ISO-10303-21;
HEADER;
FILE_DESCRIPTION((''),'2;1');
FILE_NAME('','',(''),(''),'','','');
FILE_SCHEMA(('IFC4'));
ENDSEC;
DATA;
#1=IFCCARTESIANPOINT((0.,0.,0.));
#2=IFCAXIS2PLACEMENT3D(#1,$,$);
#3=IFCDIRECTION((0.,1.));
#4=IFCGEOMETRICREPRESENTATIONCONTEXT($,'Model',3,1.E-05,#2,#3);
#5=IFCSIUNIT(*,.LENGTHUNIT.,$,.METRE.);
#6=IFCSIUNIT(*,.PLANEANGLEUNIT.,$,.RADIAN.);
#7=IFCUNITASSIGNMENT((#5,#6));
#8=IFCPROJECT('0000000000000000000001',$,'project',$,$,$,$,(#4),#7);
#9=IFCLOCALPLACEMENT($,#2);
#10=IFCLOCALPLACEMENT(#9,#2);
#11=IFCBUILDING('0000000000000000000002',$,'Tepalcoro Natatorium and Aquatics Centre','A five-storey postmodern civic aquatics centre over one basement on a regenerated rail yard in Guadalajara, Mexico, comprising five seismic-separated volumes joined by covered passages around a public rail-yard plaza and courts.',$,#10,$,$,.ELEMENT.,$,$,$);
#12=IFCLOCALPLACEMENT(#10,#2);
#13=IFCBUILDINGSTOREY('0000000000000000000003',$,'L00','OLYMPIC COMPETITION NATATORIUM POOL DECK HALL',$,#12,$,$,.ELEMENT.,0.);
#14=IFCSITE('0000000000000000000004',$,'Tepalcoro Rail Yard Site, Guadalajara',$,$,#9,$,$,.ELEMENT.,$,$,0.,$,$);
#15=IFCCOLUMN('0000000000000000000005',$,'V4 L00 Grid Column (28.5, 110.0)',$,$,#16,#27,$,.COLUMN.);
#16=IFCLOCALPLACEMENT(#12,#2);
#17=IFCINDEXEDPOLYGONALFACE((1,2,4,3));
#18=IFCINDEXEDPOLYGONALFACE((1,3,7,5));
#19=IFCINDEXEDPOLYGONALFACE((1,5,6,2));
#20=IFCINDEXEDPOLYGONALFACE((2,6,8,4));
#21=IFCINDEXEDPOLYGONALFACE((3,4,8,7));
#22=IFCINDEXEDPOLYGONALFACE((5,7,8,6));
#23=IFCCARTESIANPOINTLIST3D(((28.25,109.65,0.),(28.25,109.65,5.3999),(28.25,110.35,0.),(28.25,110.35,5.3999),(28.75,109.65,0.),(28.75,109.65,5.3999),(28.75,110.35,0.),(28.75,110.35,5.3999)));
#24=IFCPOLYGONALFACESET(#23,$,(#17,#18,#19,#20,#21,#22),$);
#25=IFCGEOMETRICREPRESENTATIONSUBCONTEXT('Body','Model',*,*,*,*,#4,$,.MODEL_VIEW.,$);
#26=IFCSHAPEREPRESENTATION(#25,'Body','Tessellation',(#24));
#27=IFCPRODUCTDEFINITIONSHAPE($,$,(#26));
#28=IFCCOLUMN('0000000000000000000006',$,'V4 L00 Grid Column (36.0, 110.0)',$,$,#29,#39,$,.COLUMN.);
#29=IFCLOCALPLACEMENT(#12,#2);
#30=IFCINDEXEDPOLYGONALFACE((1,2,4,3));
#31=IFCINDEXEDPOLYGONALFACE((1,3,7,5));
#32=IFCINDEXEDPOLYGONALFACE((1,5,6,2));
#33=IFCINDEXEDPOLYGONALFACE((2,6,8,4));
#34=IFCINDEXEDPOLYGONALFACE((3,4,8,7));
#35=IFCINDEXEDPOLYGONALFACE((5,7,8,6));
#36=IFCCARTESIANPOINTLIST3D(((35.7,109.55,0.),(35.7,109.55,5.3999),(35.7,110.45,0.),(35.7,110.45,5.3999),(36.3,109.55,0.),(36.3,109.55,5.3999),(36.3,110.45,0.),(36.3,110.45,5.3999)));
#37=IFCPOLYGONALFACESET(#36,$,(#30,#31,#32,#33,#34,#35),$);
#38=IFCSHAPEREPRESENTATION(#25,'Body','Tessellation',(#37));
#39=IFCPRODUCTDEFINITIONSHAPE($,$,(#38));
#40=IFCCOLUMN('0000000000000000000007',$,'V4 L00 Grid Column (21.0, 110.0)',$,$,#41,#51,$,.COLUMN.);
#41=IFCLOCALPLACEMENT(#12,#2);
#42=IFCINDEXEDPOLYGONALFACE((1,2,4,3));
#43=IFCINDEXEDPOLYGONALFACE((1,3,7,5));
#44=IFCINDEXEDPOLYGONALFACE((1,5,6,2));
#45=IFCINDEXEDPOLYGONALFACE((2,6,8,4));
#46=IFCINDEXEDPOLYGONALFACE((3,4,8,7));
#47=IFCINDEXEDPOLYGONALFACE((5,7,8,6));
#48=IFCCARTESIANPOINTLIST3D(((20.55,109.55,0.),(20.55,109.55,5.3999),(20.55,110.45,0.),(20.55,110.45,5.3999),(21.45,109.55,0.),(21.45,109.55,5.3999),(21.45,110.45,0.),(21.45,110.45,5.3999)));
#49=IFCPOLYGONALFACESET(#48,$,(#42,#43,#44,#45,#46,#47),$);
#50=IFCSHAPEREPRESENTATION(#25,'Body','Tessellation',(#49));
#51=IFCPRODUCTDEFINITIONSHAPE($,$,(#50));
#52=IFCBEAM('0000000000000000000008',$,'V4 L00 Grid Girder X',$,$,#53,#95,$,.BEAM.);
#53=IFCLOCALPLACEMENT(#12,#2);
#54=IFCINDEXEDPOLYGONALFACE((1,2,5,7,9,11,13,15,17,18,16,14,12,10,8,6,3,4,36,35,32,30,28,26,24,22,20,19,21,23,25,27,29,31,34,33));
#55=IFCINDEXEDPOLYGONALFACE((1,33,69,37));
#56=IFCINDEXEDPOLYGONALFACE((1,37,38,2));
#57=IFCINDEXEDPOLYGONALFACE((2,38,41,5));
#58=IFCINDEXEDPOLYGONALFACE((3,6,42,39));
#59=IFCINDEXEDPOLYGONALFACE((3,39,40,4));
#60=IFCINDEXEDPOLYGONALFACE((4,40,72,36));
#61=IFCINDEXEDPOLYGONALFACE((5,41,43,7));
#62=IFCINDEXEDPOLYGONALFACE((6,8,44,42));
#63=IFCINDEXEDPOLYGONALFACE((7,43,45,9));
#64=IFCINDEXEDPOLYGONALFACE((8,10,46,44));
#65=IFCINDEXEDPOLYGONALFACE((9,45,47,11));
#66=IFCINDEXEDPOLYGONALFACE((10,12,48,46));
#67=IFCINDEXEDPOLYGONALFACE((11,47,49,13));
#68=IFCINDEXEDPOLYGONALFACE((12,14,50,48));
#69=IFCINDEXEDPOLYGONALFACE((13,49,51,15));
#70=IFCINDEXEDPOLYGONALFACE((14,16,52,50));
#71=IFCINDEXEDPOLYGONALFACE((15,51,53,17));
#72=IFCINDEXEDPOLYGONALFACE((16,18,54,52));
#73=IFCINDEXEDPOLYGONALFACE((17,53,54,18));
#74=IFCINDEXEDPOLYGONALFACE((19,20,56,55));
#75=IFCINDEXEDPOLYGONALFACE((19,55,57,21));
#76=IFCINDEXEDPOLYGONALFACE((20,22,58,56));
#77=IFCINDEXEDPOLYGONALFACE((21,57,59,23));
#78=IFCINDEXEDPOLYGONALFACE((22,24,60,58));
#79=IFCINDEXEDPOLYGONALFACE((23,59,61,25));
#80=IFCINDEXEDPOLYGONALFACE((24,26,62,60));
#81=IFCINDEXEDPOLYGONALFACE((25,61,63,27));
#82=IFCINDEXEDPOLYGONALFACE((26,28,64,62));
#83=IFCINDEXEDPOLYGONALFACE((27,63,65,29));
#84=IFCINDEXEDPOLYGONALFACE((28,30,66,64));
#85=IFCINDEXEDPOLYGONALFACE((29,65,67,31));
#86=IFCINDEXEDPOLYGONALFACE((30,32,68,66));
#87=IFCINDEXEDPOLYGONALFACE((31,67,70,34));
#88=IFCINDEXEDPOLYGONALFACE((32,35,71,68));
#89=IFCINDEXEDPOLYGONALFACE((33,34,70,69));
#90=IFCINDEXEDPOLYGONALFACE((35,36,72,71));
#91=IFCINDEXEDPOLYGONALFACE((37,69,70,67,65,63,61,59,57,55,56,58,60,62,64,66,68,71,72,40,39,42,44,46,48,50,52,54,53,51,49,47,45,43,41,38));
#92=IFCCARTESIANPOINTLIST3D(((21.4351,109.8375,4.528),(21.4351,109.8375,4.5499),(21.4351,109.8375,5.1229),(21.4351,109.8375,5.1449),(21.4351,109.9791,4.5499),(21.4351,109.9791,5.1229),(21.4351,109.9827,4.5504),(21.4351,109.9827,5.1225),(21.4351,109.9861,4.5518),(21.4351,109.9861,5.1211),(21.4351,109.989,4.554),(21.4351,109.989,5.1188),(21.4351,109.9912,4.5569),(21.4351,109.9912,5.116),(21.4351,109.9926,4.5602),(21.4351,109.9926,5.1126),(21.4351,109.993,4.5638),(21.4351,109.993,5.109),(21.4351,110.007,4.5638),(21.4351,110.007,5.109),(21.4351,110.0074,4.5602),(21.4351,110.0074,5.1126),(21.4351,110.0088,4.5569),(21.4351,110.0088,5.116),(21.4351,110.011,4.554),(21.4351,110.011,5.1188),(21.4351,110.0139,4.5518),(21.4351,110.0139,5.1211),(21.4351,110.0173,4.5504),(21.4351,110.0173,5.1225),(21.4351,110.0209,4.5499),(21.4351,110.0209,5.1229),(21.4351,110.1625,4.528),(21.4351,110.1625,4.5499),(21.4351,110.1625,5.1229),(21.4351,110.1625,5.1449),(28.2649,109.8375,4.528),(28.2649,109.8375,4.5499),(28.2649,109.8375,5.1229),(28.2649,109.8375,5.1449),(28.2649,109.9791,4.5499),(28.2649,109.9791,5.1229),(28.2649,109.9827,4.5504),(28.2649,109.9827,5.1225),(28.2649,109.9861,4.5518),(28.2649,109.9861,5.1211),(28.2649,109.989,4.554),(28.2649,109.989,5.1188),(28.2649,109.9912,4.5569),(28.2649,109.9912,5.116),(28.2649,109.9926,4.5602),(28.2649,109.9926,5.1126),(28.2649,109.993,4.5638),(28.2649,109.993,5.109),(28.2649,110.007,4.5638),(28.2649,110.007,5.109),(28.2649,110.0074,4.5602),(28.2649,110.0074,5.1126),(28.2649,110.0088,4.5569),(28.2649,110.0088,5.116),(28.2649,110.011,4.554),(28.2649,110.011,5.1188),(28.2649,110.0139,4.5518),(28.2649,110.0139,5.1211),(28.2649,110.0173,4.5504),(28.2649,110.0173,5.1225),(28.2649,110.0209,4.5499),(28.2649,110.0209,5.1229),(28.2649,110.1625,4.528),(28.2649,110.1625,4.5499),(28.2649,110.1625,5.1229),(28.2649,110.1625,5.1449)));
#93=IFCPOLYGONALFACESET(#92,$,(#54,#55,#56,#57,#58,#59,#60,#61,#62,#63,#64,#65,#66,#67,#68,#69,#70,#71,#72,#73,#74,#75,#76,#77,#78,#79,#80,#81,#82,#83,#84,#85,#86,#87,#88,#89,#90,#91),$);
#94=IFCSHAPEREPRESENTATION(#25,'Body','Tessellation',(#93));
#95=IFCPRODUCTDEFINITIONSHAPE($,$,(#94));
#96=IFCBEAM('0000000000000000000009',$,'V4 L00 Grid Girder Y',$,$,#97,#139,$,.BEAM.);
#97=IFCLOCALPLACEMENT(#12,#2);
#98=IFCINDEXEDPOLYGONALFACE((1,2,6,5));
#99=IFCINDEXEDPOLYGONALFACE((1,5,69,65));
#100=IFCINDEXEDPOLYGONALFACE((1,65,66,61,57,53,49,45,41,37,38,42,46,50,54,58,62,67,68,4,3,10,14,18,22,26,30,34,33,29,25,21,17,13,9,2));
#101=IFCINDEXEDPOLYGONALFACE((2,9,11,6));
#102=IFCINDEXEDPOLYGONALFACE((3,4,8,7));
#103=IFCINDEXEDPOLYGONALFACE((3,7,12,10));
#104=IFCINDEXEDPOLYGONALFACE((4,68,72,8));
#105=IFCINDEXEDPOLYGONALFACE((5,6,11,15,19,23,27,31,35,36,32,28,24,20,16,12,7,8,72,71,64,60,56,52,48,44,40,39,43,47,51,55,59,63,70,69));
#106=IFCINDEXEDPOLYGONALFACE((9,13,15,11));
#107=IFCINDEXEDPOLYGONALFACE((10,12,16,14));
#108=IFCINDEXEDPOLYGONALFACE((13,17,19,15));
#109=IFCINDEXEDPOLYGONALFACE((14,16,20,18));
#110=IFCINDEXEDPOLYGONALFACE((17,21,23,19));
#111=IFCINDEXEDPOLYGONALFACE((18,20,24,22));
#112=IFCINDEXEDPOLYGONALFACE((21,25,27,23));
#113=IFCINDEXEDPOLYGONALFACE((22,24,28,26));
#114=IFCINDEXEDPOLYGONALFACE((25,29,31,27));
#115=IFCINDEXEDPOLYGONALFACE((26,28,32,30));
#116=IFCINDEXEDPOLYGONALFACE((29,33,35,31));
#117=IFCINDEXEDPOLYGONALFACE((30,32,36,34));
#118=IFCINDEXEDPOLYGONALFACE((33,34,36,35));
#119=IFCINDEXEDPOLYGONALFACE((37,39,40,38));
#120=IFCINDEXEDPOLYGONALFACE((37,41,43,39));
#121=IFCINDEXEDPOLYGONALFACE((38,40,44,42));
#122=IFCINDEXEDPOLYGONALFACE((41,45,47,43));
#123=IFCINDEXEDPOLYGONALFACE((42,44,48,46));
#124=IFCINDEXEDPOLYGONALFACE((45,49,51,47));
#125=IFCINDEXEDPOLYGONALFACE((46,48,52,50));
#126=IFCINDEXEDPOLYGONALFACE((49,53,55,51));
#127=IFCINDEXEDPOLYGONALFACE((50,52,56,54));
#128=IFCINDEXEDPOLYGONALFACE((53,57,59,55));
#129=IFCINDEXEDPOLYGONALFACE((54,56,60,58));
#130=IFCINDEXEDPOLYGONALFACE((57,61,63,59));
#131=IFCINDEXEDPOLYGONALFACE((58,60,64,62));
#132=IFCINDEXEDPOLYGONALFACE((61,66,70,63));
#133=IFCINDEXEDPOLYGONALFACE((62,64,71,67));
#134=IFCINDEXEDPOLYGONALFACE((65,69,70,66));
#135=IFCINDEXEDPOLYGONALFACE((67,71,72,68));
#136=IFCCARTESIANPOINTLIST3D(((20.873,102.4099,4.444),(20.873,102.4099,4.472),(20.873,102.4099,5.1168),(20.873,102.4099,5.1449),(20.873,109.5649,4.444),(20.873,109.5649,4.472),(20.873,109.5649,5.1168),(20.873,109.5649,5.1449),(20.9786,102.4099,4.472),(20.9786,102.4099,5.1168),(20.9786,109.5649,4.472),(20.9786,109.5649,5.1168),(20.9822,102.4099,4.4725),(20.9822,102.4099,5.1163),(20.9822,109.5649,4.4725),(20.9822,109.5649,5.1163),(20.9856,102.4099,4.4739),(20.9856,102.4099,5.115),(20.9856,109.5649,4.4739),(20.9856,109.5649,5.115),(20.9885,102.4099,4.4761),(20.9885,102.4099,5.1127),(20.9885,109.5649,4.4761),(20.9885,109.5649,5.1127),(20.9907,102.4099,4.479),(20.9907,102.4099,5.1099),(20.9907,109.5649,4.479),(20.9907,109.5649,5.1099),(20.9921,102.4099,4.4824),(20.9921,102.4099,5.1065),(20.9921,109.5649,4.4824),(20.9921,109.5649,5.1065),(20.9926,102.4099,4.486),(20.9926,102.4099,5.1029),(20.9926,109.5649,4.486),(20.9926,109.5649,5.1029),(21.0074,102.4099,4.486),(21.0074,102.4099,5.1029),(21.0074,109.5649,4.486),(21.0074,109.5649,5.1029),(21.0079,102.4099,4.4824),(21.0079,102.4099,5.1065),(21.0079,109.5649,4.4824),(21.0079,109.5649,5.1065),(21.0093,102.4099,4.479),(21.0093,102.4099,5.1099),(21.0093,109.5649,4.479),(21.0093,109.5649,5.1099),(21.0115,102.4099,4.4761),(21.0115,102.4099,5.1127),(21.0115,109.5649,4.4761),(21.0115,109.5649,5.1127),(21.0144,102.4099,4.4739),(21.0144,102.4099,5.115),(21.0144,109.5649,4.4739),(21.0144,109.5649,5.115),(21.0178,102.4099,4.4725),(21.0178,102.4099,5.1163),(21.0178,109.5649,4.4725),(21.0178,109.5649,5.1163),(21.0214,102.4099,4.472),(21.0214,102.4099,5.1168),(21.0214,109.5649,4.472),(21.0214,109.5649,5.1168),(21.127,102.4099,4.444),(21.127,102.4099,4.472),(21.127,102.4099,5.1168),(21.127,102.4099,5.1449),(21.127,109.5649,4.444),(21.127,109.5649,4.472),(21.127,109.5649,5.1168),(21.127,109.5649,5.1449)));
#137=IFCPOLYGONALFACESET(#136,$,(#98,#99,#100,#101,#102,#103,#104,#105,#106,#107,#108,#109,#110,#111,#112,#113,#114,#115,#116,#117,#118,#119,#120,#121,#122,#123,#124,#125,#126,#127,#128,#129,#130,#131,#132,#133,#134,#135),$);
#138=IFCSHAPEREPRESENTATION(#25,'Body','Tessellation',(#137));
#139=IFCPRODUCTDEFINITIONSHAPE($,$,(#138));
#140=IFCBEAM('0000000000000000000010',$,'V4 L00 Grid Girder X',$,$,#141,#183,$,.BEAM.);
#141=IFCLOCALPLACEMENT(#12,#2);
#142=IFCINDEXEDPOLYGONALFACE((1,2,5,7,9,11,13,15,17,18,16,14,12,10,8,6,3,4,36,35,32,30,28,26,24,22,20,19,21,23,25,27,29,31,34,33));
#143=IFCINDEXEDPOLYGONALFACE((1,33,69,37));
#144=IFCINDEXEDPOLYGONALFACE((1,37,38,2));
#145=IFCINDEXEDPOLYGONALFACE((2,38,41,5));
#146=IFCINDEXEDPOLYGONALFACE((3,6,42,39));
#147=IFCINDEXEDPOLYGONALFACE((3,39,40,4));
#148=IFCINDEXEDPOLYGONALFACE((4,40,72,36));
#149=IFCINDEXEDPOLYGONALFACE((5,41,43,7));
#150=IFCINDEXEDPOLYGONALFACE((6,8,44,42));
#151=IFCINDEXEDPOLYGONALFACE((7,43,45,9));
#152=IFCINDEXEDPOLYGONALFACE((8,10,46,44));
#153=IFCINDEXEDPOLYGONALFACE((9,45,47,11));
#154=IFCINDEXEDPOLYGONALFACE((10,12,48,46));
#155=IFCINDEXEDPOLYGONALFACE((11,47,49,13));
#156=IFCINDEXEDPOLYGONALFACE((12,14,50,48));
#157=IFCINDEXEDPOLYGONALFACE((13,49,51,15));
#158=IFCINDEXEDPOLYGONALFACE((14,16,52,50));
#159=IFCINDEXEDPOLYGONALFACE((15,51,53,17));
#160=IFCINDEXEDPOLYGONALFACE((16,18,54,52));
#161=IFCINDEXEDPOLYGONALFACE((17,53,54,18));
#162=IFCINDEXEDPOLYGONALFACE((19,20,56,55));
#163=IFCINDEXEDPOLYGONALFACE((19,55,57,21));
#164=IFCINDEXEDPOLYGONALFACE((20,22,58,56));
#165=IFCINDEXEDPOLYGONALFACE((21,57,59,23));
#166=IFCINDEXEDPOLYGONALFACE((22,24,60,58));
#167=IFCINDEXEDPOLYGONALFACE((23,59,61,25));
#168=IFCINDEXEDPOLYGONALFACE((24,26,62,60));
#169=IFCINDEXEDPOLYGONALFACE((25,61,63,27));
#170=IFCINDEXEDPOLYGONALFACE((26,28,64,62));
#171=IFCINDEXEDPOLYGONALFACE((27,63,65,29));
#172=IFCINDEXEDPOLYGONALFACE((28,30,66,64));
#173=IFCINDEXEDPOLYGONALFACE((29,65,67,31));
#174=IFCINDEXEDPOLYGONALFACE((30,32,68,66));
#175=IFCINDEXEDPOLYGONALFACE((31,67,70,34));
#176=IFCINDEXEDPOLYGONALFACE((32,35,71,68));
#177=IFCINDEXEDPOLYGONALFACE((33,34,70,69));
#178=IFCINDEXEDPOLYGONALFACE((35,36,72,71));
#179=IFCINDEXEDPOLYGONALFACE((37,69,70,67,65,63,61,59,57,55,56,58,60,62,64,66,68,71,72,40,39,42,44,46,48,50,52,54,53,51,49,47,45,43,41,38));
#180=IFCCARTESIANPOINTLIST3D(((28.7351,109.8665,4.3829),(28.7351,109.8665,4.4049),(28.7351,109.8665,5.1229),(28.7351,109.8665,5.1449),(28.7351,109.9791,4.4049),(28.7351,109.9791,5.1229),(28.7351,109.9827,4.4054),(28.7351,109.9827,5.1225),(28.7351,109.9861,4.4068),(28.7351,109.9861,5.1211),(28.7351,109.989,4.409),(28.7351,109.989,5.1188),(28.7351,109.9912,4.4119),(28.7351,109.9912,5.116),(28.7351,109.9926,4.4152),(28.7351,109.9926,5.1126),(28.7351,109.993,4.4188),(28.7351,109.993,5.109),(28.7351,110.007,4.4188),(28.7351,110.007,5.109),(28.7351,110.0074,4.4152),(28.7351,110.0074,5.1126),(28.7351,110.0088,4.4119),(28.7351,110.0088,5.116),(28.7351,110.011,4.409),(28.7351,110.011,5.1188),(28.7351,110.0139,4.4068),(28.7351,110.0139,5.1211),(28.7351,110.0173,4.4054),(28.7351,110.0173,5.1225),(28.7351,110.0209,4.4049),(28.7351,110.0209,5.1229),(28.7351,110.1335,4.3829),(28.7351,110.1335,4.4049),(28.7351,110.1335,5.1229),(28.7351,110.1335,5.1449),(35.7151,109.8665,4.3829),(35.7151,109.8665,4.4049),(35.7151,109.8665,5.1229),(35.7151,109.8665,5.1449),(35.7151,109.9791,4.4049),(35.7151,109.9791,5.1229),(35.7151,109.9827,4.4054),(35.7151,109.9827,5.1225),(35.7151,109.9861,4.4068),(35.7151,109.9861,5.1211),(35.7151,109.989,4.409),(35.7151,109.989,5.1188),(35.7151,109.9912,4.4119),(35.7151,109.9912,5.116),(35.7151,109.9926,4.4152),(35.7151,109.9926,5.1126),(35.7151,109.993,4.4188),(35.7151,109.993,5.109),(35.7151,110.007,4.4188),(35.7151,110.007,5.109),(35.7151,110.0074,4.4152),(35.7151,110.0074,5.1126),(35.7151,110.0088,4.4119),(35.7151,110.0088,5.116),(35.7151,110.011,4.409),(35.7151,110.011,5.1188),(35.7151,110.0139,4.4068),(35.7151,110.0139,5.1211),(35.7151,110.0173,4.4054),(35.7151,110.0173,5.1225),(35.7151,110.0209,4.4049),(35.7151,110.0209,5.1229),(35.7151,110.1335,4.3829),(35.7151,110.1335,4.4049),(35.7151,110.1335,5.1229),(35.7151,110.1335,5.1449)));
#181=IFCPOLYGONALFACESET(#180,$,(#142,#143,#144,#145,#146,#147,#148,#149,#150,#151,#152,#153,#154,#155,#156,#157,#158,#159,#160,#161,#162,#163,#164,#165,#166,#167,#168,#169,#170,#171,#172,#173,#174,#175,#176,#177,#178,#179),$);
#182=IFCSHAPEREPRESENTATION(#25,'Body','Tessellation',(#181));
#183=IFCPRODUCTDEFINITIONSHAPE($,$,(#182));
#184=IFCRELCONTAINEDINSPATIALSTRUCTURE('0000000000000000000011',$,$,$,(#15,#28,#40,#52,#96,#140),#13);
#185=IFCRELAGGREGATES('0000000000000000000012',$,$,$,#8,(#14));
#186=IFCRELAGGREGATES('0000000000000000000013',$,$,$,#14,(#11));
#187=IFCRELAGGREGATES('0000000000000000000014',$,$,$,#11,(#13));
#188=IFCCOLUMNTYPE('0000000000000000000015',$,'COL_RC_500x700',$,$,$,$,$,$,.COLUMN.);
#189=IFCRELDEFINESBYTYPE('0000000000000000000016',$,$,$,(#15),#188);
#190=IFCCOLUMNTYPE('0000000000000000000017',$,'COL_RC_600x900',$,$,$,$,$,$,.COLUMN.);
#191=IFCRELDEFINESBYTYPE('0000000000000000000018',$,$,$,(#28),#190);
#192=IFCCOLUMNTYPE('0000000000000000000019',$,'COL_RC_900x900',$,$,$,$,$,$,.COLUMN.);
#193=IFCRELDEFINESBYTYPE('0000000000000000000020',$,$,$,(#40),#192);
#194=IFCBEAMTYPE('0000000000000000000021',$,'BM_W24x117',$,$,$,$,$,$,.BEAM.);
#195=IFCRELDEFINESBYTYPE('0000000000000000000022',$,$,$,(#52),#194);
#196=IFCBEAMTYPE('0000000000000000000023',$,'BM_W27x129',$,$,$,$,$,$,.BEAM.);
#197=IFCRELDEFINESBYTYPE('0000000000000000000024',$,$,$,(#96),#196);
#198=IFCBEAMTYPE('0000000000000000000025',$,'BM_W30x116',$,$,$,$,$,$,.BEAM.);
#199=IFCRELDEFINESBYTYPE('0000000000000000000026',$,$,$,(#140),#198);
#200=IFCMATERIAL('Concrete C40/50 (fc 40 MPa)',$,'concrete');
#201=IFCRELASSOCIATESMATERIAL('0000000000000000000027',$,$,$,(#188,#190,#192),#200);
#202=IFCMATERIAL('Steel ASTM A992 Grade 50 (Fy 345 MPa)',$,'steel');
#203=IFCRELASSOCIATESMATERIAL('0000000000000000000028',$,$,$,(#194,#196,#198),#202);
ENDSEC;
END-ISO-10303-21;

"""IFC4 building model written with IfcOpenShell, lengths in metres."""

from ifc_helpers import new_model, si_unit, direction, frame, origin, origin_2d, place, context, subcontext, project, spatial, rectangle, i_section, extrude, material, material_profile, profile_set, type_object, element, save


model = new_model("IFC4")

# Units and contexts
model_context = context("Model", 3, precision=1e-05, world=origin(), true_north=direction((0.0, 1.0)))
body_context = subcontext(model_context, "Body", "Model", "MODEL_VIEW")
ifc_project = project(units=[si_unit("LENGTHUNIT", "METRE"), si_unit("PLANEANGLEUNIT", "RADIAN")], contexts=[model_context])

# Site, building, storey
site_placement = place(None, origin())
site = spatial("IfcSite", under=ifc_project, at=site_placement, Name="Tepalcoro Rail Yard Site, Guadalajara", CompositionType="ELEMENT", RefElevation=0.0)
building_placement = place(site_placement, origin())
building = spatial("IfcBuilding", under=site, at=building_placement, Name="Tepalcoro Natatorium and Aquatics Centre", Description="A five-storey postmodern civic aquatics centre over one basement on a regenerated rail yard in Guadalajara, Mexico, comprising five seismic-separated volumes joined by covered passages around a public rail-yard plaza and courts.", CompositionType="ELEMENT")
storey_placement = place(building_placement, origin())
storey = spatial("IfcBuildingStorey", under=building, at=storey_placement, Name="L00", Description="OLYMPIC COMPETITION NATATORIUM POOL DECK HALL", CompositionType="ELEMENT", Elevation=0.0)

# Columns
ifc_material_1 = material(Name="Concrete C40/50 (fc 40 MPa)", Category="concrete")
ifc_material_profile_1 = material_profile(ifc_material_1, rectangle(XDim=0.5, YDim=0.7, at=origin_2d()), Name="RC500x700")
ifc_profile_set_1 = profile_set([ifc_material_profile_1], Name="Concrete C40/50 (fc 40 MPa)")
column_type_1 = type_object("IfcColumnType", Name="COL_RC_500x700", PredefinedType="COLUMN", material=ifc_profile_set_1)
column_1_placement = place(storey_placement, frame((28.5, 110.0, 0.0), z_axis=(0.0, 0.0, 1.0), x_axis=(1.0, 0.0, 0.0)))
element("IfcColumn", 1, at=column_1_placement, inside=storey, type_object=column_type_1, Name="V4 L00 Grid Column (28.5, 110.0)", PredefinedType="COLUMN", context=body_context, shape_type="SweptSolid", body=[
    extrude(rectangle(XDim=0.5, YDim=0.7, at=origin_2d()), origin(), (0.0, 0.0, 1.0), 5.3999),
])
ifc_material_profile_2 = material_profile(ifc_material_1, rectangle(XDim=0.6001, YDim=0.8999, at=origin_2d()), Name="RC600x900")
ifc_profile_set_2 = profile_set([ifc_material_profile_2], Name="Concrete C40/50 (fc 40 MPa)")
column_type_2 = type_object("IfcColumnType", Name="COL_RC_600x900", PredefinedType="COLUMN", material=ifc_profile_set_2)
column_2_placement = place(storey_placement, frame((36.0, 110.0, 0.0), z_axis=(0.0, 0.0, 1.0), x_axis=(1.0, 0.0, 0.0)))
element("IfcColumn", 2, at=column_2_placement, inside=storey, type_object=column_type_2, Name="V4 L00 Grid Column (36.0, 110.0)", PredefinedType="COLUMN", context=body_context, shape_type="SweptSolid", body=[
    extrude(rectangle(XDim=0.6001, YDim=0.8999, at=origin_2d()), origin(), (0.0, 0.0, 1.0), 5.3999),
])
ifc_material_profile_3 = material_profile(ifc_material_1, rectangle(XDim=0.8999, YDim=0.8999, at=origin_2d()), Name="RC900x900")
ifc_profile_set_3 = profile_set([ifc_material_profile_3], Name="Concrete C40/50 (fc 40 MPa)")
column_type_3 = type_object("IfcColumnType", Name="COL_RC_900x900", PredefinedType="COLUMN", material=ifc_profile_set_3)
column_3_placement = place(storey_placement, frame((21.0, 110.0, 0.0), z_axis=(0.0, 0.0, 1.0), x_axis=(1.0, 0.0, 0.0)))
element("IfcColumn", 3, at=column_3_placement, inside=storey, type_object=column_type_3, Name="V4 L00 Grid Column (21.0, 110.0)", PredefinedType="COLUMN", context=body_context, shape_type="SweptSolid", body=[
    extrude(rectangle(XDim=0.8999, YDim=0.8999, at=origin_2d()), origin(), (0.0, 0.0, 1.0), 5.3999),
])

# Beams
ifc_material_2 = material(Name="Steel ASTM A992 Grade 50 (Fy 345 MPa)", Category="steel")
ifc_material_profile_4 = material_profile(ifc_material_2, i_section(OverallWidth=0.325, OverallDepth=0.6169, WebThickness=0.0139, FlangeThickness=0.022, FilletRadius=0.0139, at=origin_2d()), Name="W24X117")
ifc_profile_set_4 = profile_set([ifc_material_profile_4], Name="Steel ASTM A992 Grade 50 (Fy 345 MPa)")
beam_type_1 = type_object("IfcBeamType", Name="BM_W24x117", PredefinedType="BEAM", material=ifc_profile_set_4)
beam_1_placement = place(storey_placement, frame((21.4351, 110.0, 4.8364), z_axis=(1.0, 0.0, 0.0), x_axis=(0.0, 1.0, 0.0)))
element("IfcBeam", 4, at=beam_1_placement, inside=storey, type_object=beam_type_1, Name="V4 L00 Grid Girder X", PredefinedType="BEAM", context=body_context, shape_type="SweptSolid", body=[
    extrude(i_section(OverallWidth=0.325, OverallDepth=0.6169, WebThickness=0.0139, FlangeThickness=0.022, FilletRadius=0.0139, at=origin_2d()), origin(), (0.0, 0.0, 1.0), 6.8298),
])
ifc_material_profile_5 = material_profile(ifc_material_2, i_section(OverallWidth=0.2539, OverallDepth=0.7009, WebThickness=0.0149, FlangeThickness=0.0281, FilletRadius=0.0139, at=origin_2d()), Name="W27X129")
ifc_profile_set_5 = profile_set([ifc_material_profile_5], Name="Steel ASTM A992 Grade 50 (Fy 345 MPa)")
beam_type_2 = type_object("IfcBeamType", Name="BM_W27x129", PredefinedType="BEAM", material=ifc_profile_set_5)
beam_2_placement = place(storey_placement, frame((21.0, 102.4099, 4.7944), z_axis=(0.0, 1.0, 0.0), x_axis=(-1.0, 0.0, 0.0)))
element("IfcBeam", 5, at=beam_2_placement, inside=storey, type_object=beam_type_2, Name="V4 L00 Grid Girder Y", PredefinedType="BEAM", context=body_context, shape_type="SweptSolid", body=[
    extrude(i_section(OverallWidth=0.2539, OverallDepth=0.7009, WebThickness=0.0149, FlangeThickness=0.0281, FilletRadius=0.0139, at=origin_2d()), origin(), (0.0, 0.0, 1.0), 7.155),
])
ifc_material_profile_6 = material_profile(ifc_material_2, i_section(OverallWidth=0.2671, OverallDepth=0.762, WebThickness=0.0139, FlangeThickness=0.022, FilletRadius=0.0139, at=origin_2d()), Name="W30X116")
ifc_profile_set_6 = profile_set([ifc_material_profile_6], Name="Steel ASTM A992 Grade 50 (Fy 345 MPa)")
beam_type_3 = type_object("IfcBeamType", Name="BM_W30x116", PredefinedType="BEAM", material=ifc_profile_set_6)
beam_3_placement = place(storey_placement, frame((28.7351, 110.0, 4.7639), z_axis=(1.0, 0.0, 0.0), x_axis=(0.0, 1.0, 0.0)))
element("IfcBeam", 6, at=beam_3_placement, inside=storey, type_object=beam_type_3, Name="V4 L00 Grid Girder X", PredefinedType="BEAM", context=body_context, shape_type="SweptSolid", body=[
    extrude(i_section(OverallWidth=0.2671, OverallDepth=0.762, WebThickness=0.0139, FlangeThickness=0.022, FilletRadius=0.0139, at=origin_2d()), origin(), (0.0, 0.0, 1.0), 6.98),
])

save(model, "model.ifc")
